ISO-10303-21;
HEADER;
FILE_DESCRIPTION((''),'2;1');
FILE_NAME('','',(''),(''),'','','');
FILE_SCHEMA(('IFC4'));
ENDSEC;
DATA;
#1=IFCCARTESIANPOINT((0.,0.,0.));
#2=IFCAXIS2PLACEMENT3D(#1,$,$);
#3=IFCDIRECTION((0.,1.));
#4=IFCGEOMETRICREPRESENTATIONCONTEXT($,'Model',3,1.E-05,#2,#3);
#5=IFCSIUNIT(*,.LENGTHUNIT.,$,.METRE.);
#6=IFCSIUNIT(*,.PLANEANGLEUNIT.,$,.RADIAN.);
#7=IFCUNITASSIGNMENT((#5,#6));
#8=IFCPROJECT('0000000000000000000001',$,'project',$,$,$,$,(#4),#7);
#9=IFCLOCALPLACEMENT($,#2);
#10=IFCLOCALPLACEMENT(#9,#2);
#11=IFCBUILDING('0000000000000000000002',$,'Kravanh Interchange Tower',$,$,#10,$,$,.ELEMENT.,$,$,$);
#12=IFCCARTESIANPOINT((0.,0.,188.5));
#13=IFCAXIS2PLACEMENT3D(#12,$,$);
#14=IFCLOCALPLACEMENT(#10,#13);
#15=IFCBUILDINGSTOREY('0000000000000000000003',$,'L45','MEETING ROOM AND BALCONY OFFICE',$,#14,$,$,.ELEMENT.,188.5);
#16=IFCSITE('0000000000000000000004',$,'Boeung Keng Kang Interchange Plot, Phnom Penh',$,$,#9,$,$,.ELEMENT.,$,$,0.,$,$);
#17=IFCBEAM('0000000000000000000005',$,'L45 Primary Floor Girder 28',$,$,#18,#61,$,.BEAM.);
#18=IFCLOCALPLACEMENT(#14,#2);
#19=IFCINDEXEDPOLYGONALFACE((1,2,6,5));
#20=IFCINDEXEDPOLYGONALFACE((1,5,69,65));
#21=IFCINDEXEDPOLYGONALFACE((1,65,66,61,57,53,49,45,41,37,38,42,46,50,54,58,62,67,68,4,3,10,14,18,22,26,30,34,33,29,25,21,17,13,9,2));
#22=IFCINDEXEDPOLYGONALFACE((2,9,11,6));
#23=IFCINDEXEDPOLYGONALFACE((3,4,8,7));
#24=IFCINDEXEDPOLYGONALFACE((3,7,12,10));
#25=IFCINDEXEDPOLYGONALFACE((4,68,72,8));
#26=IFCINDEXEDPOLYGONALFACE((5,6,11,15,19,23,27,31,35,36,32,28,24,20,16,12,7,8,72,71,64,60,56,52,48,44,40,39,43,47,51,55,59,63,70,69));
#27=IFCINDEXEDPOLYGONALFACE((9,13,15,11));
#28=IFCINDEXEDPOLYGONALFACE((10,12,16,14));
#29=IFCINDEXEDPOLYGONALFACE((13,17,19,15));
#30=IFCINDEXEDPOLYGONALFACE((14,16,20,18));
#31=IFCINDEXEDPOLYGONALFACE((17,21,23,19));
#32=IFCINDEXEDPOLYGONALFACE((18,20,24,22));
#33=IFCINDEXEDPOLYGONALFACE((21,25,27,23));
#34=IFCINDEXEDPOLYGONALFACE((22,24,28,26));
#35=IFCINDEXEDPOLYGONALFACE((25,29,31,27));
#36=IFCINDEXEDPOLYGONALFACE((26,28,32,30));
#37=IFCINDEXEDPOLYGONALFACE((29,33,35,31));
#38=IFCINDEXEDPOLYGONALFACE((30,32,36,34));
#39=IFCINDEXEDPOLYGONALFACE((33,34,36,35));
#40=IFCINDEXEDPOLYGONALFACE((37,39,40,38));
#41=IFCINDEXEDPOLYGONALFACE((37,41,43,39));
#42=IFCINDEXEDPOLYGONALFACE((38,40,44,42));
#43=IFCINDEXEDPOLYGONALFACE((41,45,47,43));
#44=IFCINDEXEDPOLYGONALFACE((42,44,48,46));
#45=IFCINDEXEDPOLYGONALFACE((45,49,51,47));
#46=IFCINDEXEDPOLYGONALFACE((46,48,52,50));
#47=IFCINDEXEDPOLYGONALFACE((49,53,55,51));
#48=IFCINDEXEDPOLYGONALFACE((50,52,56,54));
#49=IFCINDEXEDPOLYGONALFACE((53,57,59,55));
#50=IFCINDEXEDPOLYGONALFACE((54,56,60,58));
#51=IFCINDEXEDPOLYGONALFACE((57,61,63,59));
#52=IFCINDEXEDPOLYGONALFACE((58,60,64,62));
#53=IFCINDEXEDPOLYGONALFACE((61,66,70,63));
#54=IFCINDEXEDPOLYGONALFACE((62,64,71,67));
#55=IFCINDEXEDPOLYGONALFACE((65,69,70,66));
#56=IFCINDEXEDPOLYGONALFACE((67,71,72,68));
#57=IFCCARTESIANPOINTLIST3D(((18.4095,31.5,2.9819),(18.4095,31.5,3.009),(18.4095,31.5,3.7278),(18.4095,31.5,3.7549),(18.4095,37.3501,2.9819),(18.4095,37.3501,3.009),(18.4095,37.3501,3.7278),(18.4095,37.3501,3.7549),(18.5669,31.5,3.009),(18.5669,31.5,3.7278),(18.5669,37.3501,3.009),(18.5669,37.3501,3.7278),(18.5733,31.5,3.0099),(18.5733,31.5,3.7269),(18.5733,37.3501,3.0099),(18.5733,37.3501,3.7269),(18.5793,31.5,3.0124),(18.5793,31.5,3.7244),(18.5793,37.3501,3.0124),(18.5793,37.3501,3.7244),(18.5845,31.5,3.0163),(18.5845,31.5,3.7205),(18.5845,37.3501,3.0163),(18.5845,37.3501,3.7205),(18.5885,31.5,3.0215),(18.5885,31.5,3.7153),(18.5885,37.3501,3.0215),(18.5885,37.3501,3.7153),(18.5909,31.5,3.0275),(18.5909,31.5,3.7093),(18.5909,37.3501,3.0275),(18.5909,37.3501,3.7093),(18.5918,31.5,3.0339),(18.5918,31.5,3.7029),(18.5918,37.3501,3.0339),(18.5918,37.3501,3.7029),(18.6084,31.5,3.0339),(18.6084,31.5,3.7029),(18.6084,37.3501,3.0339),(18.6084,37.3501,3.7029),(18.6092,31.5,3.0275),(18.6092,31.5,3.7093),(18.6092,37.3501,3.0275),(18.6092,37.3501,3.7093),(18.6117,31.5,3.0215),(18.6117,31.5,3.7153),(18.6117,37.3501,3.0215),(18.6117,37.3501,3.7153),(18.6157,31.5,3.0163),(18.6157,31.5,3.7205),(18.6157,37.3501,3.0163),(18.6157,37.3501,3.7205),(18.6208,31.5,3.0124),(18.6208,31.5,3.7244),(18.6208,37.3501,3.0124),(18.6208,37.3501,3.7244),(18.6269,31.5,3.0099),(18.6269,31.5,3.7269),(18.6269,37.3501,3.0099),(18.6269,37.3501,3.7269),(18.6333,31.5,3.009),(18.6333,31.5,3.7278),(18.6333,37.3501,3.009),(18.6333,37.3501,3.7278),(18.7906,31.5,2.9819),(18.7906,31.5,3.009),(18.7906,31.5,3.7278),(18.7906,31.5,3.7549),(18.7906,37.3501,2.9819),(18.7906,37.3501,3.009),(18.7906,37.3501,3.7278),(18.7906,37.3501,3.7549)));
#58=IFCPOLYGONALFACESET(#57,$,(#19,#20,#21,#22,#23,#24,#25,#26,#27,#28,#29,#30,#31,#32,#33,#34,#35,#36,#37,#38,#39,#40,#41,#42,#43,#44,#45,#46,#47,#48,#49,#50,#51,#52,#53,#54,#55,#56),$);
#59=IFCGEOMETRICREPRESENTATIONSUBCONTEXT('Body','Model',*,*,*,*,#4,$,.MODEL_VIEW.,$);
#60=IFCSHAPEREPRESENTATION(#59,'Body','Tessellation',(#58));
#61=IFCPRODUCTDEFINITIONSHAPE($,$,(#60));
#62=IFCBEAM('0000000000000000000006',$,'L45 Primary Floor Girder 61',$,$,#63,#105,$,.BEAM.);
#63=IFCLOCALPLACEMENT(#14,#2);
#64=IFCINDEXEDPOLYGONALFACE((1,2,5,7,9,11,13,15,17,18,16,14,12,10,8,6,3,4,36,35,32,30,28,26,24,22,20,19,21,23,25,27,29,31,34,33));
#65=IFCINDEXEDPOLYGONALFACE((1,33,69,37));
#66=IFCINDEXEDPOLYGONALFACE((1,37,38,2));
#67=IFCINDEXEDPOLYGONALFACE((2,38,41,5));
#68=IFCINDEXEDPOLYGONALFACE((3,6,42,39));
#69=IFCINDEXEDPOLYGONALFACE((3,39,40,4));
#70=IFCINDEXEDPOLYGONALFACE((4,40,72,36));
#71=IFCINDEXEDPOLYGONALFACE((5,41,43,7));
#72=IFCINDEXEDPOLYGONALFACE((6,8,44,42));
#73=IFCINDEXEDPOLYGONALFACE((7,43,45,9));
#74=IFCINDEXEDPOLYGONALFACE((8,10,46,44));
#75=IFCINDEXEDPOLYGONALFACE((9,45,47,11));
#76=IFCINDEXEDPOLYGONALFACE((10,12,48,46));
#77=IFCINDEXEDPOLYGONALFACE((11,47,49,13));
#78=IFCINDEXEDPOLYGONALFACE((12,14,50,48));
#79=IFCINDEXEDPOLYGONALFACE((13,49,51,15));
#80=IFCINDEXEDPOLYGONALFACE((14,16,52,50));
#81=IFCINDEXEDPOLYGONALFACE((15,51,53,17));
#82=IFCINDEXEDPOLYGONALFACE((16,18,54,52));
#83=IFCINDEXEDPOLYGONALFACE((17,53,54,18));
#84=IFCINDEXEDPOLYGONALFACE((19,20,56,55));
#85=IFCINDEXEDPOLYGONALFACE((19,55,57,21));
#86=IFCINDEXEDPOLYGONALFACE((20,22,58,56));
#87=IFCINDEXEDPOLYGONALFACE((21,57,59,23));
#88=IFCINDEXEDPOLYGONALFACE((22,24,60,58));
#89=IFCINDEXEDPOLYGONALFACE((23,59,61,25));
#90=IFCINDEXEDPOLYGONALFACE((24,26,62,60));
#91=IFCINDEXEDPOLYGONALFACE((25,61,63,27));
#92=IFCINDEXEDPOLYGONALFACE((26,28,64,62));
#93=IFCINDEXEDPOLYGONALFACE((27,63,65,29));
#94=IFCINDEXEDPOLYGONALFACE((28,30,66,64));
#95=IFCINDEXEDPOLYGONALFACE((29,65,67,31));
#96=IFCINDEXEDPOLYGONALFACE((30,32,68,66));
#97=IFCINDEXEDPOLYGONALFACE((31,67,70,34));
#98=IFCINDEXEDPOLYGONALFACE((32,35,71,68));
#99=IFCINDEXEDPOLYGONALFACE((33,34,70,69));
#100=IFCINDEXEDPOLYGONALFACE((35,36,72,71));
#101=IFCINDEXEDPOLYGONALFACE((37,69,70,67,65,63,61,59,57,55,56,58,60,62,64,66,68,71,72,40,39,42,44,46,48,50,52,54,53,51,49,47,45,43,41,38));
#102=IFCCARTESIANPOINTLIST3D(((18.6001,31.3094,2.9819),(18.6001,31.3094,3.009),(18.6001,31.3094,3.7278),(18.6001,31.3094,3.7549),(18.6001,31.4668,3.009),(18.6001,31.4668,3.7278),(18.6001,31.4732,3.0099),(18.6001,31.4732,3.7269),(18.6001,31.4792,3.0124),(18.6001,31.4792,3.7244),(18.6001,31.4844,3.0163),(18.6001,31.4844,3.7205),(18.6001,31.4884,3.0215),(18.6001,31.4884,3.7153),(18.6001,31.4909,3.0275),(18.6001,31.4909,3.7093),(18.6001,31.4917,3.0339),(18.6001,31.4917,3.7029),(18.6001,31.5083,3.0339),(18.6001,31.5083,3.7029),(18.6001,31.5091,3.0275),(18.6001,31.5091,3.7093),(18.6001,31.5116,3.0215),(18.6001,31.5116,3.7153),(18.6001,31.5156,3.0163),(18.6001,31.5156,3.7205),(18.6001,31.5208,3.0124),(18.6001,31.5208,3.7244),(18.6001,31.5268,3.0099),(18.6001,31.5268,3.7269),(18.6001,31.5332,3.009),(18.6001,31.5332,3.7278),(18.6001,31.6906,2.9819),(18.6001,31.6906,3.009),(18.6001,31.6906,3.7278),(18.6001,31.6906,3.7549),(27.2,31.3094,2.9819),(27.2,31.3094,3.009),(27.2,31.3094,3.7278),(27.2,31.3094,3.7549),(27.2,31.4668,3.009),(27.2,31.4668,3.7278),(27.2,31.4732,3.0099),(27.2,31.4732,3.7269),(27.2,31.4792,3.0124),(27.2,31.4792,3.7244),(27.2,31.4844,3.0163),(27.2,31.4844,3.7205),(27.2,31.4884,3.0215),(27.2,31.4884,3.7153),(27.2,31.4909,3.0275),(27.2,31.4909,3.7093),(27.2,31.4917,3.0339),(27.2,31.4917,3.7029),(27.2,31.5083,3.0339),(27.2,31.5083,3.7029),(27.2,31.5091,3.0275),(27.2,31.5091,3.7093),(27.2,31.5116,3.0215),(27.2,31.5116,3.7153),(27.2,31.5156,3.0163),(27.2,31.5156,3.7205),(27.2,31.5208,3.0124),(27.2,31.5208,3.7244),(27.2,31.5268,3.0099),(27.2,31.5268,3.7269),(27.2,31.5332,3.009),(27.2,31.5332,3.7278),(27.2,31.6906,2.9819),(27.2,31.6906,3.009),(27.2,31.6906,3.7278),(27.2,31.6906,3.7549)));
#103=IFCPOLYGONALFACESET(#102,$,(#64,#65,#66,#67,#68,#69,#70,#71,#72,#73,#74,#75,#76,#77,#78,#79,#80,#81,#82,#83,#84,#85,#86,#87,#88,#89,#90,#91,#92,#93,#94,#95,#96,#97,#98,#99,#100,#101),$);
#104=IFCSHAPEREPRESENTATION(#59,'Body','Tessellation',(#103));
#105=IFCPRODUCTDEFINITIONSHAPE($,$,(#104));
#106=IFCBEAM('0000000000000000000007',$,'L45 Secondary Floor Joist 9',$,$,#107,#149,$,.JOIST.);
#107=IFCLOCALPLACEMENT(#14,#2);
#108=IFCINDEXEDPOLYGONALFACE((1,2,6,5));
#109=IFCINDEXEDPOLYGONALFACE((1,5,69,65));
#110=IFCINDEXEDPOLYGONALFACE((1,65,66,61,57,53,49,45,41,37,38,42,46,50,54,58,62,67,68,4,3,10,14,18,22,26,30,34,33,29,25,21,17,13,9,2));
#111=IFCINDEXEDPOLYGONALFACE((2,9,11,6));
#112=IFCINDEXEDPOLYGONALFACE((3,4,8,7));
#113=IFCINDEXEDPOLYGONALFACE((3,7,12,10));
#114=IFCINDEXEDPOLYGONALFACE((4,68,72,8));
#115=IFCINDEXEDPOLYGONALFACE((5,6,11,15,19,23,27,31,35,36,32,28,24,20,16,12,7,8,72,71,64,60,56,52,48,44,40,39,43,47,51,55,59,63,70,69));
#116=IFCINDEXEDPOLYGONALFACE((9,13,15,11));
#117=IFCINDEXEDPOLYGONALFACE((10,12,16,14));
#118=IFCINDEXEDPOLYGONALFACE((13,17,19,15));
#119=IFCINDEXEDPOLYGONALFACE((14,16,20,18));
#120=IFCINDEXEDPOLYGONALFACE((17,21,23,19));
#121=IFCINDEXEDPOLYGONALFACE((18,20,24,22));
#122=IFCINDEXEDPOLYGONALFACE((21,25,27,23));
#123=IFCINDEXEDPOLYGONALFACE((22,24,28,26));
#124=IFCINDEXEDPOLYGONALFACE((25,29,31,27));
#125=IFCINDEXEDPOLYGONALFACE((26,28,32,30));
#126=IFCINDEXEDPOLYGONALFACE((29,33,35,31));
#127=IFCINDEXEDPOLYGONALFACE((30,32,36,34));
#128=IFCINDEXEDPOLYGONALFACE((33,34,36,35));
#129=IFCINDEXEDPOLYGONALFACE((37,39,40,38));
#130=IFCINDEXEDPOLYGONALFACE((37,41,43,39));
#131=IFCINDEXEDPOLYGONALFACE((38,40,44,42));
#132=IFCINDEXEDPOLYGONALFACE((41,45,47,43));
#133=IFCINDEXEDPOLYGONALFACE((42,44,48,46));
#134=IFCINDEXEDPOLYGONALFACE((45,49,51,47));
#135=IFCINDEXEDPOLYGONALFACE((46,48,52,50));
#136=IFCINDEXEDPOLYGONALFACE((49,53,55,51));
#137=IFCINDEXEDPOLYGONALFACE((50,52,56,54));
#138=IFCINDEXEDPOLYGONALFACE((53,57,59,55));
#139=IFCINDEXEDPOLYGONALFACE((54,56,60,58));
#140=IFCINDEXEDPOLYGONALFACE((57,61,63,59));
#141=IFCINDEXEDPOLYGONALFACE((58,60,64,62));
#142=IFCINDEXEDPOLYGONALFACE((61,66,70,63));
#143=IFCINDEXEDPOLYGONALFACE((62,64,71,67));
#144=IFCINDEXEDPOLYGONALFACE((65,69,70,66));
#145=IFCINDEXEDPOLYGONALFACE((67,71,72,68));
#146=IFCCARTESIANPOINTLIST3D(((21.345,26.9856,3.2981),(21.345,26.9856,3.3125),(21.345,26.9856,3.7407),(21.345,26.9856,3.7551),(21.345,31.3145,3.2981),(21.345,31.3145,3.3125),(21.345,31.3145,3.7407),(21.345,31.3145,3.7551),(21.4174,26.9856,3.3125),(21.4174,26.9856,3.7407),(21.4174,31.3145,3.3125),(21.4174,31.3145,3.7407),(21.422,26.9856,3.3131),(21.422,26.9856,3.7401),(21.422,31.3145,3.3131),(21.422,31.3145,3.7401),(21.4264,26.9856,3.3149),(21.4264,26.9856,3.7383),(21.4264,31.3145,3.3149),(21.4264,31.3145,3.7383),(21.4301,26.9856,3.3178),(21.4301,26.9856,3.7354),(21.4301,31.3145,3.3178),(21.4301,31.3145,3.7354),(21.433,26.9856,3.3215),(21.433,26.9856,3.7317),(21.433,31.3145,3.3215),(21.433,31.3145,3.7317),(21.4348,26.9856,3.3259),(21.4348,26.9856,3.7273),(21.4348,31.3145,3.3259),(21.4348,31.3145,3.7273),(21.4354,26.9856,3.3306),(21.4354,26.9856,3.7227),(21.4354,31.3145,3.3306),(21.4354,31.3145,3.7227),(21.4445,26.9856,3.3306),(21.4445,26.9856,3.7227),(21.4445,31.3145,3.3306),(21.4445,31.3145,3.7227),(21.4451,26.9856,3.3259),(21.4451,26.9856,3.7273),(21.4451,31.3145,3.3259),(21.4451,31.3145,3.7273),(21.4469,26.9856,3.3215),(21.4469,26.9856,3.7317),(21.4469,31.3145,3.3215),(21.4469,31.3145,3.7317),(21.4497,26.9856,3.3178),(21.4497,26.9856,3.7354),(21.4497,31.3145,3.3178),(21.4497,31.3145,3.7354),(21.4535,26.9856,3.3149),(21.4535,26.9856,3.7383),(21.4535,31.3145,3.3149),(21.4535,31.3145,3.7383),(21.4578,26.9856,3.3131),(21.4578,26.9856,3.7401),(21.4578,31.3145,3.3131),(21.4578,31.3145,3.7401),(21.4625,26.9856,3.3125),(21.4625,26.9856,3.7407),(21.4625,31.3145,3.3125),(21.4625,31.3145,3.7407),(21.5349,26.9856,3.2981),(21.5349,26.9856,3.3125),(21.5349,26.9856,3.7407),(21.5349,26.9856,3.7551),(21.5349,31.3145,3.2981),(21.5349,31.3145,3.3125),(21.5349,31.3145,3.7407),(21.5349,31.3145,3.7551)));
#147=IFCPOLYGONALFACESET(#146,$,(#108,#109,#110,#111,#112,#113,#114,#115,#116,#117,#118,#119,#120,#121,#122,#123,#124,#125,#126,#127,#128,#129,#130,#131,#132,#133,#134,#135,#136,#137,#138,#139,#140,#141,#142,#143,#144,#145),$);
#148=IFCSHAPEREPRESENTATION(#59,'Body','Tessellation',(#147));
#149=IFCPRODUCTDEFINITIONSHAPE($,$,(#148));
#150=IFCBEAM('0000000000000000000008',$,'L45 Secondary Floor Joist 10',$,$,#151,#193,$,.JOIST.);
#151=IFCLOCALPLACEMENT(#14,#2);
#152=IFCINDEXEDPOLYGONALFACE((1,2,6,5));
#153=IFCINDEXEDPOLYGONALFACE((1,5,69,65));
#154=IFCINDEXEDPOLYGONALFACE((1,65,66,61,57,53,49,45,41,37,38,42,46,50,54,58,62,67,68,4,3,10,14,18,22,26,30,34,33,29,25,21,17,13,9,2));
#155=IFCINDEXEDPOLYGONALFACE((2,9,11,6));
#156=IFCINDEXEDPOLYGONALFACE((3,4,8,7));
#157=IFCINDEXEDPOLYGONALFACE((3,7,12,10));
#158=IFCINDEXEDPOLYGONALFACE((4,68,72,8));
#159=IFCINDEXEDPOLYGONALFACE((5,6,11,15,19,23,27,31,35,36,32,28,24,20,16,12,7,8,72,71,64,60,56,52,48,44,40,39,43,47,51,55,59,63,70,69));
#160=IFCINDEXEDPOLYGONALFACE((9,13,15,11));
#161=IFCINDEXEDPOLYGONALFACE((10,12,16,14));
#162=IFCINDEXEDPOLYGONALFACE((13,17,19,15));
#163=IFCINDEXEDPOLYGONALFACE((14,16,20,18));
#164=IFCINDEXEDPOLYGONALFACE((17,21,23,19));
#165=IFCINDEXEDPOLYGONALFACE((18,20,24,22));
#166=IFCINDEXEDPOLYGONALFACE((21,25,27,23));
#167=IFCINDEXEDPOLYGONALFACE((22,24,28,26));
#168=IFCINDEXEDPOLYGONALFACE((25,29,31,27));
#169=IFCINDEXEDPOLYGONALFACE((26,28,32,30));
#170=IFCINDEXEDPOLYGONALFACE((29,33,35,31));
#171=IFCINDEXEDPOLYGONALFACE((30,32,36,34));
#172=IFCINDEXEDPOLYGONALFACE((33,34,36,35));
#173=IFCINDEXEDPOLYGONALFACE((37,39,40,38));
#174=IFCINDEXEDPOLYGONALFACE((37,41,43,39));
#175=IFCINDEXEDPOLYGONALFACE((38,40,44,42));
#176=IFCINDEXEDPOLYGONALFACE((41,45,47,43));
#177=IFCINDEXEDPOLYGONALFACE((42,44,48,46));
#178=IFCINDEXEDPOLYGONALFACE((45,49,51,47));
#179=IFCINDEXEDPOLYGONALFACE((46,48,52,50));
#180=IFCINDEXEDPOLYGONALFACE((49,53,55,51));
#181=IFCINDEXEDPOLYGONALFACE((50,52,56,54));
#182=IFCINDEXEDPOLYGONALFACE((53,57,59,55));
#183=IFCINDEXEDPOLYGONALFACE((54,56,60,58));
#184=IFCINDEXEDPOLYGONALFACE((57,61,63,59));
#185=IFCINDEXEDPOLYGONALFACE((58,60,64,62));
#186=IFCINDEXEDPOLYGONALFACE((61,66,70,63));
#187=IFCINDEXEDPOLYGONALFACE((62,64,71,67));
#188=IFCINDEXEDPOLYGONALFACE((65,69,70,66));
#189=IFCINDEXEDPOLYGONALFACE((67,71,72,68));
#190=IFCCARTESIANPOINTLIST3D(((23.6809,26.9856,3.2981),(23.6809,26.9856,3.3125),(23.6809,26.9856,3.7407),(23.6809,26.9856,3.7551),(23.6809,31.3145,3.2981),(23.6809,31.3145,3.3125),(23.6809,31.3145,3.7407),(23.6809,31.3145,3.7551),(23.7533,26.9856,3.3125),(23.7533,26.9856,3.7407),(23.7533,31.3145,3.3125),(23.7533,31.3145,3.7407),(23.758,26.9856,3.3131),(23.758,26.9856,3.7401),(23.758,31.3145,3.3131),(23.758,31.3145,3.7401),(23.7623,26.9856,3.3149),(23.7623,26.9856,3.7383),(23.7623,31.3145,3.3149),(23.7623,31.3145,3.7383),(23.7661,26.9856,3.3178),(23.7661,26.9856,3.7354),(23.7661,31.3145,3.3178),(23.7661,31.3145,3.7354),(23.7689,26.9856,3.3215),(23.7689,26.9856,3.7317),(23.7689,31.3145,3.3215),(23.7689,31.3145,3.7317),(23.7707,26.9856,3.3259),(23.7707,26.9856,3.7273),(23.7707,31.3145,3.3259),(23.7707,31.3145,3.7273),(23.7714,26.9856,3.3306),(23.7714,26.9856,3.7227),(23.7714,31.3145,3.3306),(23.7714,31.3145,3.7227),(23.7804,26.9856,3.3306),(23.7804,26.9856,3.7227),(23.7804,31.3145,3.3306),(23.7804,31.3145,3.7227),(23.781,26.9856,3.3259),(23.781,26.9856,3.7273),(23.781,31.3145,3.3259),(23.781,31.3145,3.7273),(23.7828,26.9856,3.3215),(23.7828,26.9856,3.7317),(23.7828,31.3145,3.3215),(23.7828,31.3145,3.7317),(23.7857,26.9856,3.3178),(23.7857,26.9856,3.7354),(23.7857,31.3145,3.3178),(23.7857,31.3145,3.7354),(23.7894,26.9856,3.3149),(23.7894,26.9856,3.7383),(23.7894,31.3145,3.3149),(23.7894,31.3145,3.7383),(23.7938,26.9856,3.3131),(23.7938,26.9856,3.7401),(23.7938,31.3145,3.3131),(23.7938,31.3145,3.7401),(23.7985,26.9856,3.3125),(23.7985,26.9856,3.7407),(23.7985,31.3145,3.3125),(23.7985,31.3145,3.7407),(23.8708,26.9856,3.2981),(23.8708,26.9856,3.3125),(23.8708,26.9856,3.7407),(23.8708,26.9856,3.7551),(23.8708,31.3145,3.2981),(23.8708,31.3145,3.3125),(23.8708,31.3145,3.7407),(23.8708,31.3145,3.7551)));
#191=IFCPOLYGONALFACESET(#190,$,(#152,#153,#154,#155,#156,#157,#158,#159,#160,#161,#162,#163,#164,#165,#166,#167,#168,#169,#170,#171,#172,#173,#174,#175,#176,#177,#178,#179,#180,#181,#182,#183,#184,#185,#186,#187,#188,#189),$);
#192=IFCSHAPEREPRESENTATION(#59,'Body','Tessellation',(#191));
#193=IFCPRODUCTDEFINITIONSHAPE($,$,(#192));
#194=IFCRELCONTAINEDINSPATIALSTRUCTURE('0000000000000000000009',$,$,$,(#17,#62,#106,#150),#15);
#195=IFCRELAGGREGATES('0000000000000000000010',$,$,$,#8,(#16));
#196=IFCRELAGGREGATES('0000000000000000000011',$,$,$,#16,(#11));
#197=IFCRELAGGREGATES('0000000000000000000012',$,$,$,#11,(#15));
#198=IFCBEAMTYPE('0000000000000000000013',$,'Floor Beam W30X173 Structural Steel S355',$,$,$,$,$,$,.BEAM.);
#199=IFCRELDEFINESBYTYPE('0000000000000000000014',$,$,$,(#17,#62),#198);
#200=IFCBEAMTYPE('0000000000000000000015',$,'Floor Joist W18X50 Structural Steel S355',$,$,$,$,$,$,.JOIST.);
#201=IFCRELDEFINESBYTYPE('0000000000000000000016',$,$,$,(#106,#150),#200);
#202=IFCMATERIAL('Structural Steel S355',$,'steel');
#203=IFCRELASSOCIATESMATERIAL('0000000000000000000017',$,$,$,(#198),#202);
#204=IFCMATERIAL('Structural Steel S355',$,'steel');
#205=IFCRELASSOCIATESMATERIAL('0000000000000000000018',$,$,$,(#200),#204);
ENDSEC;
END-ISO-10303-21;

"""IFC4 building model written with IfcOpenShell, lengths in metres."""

from ifc_helpers import new_model, si_unit, direction, frame, origin, origin_2d, place, context, subcontext, project, spatial, i_section, extrude, material, material_profile, profile_set, type_object, element, save


model = new_model("IFC4")

# Units and contexts
model_context = context("Model", 3, precision=1e-05, world=origin(), true_north=direction((0.0, 1.0)))
body_context = subcontext(model_context, "Body", "Model", "MODEL_VIEW")
ifc_project = project(units=[si_unit("LENGTHUNIT", "METRE"), si_unit("PLANEANGLEUNIT", "RADIAN")], contexts=[model_context])

# Site, building, storey
site_placement = place(None, origin())
site = spatial("IfcSite", under=ifc_project, at=site_placement, Name="Boeung Keng Kang Interchange Plot, Phnom Penh", CompositionType="ELEMENT", RefElevation=0.0)
building_placement = place(site_placement, origin())
building = spatial("IfcBuilding", under=site, at=building_placement, Name="Kravanh Interchange Tower", CompositionType="ELEMENT")
storey_placement = place(building_placement, frame((0.0, 0.0, 188.5)))
storey = spatial("IfcBuildingStorey", under=building, at=storey_placement, Name="L45", Description="MEETING ROOM AND BALCONY OFFICE", CompositionType="ELEMENT", Elevation=188.5)

# Beams
ifc_material_1 = material(Name="Structural Steel S355", Category="steel")
ifc_material_profile_1 = material_profile(ifc_material_1, i_section(OverallWidth=0.3811, OverallDepth=0.7729, WebThickness=0.0166, FlangeThickness=0.0271, FilletRadius=0.0249, at=origin_2d()), Name="W30X173")
ifc_profile_set_1 = profile_set([ifc_material_profile_1], Name="Structural Steel S355")
beam_type_1 = type_object("IfcBeamType", Name="Floor Beam W30X173 Structural Steel S355", PredefinedType="BEAM", material=ifc_profile_set_1)
beam_1_placement = place(storey_placement, frame((18.6001, 37.3501, 3.3684), z_axis=(0.0, -1.0, 0.0), x_axis=(1.0, 0.0, 0.0)))
element("IfcBeam", 1, at=beam_1_placement, inside=storey, type_object=beam_type_1, Name="L45 Primary Floor Girder 28", PredefinedType="BEAM", context=body_context, shape_type="SweptSolid", body=[
    extrude(i_section(OverallWidth=0.3811, OverallDepth=0.7729, WebThickness=0.0166, FlangeThickness=0.0271, FilletRadius=0.0249, at=origin_2d()), origin(), (0.0, 0.0, 1.0), 5.8501),
])
beam_2_placement = place(storey_placement, frame((18.6001, 31.5, 3.3684), z_axis=(1.0, 0.0, 0.0), x_axis=(0.0, 1.0, 0.0)))
element("IfcBeam", 2, at=beam_2_placement, inside=storey, type_object=beam_type_1, Name="L45 Primary Floor Girder 61", PredefinedType="BEAM", context=body_context, shape_type="SweptSolid", body=[
    extrude(i_section(OverallWidth=0.3811, OverallDepth=0.7729, WebThickness=0.0166, FlangeThickness=0.0271, FilletRadius=0.0249, at=origin_2d()), origin(), (0.0, 0.0, 1.0), 8.5999),
])
ifc_material_2 = material(Name="Structural Steel S355", Category="steel")
ifc_material_profile_2 = material_profile(ifc_material_2, i_section(OverallWidth=0.1899, OverallDepth=0.457, WebThickness=0.009, FlangeThickness=0.0144, FilletRadius=0.0181, at=origin_2d()), Name="W18X50")
ifc_profile_set_2 = profile_set([ifc_material_profile_2], Name="Structural Steel S355")
beam_type_2 = type_object("IfcBeamType", Name="Floor Joist W18X50 Structural Steel S355", PredefinedType="JOIST", material=ifc_profile_set_2)
for number, where, z_axis, x_axis, name in (
    (3, (21.4399, 26.9856, 3.5266), (0.0, 1.0, 0.0), (-1.0, 0.0, 0.0), "L45 Secondary Floor Joist 9"),
    (4, (23.7759, 26.9856, 3.5266), (0.0, 1.0, 0.0), (-1.0, 0.0, 0.0), "L45 Secondary Floor Joist 10"),
):
    element("IfcBeam", number, at=place(storey_placement, frame(where, z_axis=z_axis, x_axis=x_axis)), inside=storey, type_object=beam_type_2, Name=name, PredefinedType="JOIST", context=body_context, shape_type="SweptSolid", body=[
        extrude(i_section(OverallWidth=0.1899, OverallDepth=0.457, WebThickness=0.009, FlangeThickness=0.0144, FilletRadius=0.0181, at=origin_2d()), origin(), (0.0, 0.0, 1.0), 4.3289),
    ])

save(model, "model.ifc")
